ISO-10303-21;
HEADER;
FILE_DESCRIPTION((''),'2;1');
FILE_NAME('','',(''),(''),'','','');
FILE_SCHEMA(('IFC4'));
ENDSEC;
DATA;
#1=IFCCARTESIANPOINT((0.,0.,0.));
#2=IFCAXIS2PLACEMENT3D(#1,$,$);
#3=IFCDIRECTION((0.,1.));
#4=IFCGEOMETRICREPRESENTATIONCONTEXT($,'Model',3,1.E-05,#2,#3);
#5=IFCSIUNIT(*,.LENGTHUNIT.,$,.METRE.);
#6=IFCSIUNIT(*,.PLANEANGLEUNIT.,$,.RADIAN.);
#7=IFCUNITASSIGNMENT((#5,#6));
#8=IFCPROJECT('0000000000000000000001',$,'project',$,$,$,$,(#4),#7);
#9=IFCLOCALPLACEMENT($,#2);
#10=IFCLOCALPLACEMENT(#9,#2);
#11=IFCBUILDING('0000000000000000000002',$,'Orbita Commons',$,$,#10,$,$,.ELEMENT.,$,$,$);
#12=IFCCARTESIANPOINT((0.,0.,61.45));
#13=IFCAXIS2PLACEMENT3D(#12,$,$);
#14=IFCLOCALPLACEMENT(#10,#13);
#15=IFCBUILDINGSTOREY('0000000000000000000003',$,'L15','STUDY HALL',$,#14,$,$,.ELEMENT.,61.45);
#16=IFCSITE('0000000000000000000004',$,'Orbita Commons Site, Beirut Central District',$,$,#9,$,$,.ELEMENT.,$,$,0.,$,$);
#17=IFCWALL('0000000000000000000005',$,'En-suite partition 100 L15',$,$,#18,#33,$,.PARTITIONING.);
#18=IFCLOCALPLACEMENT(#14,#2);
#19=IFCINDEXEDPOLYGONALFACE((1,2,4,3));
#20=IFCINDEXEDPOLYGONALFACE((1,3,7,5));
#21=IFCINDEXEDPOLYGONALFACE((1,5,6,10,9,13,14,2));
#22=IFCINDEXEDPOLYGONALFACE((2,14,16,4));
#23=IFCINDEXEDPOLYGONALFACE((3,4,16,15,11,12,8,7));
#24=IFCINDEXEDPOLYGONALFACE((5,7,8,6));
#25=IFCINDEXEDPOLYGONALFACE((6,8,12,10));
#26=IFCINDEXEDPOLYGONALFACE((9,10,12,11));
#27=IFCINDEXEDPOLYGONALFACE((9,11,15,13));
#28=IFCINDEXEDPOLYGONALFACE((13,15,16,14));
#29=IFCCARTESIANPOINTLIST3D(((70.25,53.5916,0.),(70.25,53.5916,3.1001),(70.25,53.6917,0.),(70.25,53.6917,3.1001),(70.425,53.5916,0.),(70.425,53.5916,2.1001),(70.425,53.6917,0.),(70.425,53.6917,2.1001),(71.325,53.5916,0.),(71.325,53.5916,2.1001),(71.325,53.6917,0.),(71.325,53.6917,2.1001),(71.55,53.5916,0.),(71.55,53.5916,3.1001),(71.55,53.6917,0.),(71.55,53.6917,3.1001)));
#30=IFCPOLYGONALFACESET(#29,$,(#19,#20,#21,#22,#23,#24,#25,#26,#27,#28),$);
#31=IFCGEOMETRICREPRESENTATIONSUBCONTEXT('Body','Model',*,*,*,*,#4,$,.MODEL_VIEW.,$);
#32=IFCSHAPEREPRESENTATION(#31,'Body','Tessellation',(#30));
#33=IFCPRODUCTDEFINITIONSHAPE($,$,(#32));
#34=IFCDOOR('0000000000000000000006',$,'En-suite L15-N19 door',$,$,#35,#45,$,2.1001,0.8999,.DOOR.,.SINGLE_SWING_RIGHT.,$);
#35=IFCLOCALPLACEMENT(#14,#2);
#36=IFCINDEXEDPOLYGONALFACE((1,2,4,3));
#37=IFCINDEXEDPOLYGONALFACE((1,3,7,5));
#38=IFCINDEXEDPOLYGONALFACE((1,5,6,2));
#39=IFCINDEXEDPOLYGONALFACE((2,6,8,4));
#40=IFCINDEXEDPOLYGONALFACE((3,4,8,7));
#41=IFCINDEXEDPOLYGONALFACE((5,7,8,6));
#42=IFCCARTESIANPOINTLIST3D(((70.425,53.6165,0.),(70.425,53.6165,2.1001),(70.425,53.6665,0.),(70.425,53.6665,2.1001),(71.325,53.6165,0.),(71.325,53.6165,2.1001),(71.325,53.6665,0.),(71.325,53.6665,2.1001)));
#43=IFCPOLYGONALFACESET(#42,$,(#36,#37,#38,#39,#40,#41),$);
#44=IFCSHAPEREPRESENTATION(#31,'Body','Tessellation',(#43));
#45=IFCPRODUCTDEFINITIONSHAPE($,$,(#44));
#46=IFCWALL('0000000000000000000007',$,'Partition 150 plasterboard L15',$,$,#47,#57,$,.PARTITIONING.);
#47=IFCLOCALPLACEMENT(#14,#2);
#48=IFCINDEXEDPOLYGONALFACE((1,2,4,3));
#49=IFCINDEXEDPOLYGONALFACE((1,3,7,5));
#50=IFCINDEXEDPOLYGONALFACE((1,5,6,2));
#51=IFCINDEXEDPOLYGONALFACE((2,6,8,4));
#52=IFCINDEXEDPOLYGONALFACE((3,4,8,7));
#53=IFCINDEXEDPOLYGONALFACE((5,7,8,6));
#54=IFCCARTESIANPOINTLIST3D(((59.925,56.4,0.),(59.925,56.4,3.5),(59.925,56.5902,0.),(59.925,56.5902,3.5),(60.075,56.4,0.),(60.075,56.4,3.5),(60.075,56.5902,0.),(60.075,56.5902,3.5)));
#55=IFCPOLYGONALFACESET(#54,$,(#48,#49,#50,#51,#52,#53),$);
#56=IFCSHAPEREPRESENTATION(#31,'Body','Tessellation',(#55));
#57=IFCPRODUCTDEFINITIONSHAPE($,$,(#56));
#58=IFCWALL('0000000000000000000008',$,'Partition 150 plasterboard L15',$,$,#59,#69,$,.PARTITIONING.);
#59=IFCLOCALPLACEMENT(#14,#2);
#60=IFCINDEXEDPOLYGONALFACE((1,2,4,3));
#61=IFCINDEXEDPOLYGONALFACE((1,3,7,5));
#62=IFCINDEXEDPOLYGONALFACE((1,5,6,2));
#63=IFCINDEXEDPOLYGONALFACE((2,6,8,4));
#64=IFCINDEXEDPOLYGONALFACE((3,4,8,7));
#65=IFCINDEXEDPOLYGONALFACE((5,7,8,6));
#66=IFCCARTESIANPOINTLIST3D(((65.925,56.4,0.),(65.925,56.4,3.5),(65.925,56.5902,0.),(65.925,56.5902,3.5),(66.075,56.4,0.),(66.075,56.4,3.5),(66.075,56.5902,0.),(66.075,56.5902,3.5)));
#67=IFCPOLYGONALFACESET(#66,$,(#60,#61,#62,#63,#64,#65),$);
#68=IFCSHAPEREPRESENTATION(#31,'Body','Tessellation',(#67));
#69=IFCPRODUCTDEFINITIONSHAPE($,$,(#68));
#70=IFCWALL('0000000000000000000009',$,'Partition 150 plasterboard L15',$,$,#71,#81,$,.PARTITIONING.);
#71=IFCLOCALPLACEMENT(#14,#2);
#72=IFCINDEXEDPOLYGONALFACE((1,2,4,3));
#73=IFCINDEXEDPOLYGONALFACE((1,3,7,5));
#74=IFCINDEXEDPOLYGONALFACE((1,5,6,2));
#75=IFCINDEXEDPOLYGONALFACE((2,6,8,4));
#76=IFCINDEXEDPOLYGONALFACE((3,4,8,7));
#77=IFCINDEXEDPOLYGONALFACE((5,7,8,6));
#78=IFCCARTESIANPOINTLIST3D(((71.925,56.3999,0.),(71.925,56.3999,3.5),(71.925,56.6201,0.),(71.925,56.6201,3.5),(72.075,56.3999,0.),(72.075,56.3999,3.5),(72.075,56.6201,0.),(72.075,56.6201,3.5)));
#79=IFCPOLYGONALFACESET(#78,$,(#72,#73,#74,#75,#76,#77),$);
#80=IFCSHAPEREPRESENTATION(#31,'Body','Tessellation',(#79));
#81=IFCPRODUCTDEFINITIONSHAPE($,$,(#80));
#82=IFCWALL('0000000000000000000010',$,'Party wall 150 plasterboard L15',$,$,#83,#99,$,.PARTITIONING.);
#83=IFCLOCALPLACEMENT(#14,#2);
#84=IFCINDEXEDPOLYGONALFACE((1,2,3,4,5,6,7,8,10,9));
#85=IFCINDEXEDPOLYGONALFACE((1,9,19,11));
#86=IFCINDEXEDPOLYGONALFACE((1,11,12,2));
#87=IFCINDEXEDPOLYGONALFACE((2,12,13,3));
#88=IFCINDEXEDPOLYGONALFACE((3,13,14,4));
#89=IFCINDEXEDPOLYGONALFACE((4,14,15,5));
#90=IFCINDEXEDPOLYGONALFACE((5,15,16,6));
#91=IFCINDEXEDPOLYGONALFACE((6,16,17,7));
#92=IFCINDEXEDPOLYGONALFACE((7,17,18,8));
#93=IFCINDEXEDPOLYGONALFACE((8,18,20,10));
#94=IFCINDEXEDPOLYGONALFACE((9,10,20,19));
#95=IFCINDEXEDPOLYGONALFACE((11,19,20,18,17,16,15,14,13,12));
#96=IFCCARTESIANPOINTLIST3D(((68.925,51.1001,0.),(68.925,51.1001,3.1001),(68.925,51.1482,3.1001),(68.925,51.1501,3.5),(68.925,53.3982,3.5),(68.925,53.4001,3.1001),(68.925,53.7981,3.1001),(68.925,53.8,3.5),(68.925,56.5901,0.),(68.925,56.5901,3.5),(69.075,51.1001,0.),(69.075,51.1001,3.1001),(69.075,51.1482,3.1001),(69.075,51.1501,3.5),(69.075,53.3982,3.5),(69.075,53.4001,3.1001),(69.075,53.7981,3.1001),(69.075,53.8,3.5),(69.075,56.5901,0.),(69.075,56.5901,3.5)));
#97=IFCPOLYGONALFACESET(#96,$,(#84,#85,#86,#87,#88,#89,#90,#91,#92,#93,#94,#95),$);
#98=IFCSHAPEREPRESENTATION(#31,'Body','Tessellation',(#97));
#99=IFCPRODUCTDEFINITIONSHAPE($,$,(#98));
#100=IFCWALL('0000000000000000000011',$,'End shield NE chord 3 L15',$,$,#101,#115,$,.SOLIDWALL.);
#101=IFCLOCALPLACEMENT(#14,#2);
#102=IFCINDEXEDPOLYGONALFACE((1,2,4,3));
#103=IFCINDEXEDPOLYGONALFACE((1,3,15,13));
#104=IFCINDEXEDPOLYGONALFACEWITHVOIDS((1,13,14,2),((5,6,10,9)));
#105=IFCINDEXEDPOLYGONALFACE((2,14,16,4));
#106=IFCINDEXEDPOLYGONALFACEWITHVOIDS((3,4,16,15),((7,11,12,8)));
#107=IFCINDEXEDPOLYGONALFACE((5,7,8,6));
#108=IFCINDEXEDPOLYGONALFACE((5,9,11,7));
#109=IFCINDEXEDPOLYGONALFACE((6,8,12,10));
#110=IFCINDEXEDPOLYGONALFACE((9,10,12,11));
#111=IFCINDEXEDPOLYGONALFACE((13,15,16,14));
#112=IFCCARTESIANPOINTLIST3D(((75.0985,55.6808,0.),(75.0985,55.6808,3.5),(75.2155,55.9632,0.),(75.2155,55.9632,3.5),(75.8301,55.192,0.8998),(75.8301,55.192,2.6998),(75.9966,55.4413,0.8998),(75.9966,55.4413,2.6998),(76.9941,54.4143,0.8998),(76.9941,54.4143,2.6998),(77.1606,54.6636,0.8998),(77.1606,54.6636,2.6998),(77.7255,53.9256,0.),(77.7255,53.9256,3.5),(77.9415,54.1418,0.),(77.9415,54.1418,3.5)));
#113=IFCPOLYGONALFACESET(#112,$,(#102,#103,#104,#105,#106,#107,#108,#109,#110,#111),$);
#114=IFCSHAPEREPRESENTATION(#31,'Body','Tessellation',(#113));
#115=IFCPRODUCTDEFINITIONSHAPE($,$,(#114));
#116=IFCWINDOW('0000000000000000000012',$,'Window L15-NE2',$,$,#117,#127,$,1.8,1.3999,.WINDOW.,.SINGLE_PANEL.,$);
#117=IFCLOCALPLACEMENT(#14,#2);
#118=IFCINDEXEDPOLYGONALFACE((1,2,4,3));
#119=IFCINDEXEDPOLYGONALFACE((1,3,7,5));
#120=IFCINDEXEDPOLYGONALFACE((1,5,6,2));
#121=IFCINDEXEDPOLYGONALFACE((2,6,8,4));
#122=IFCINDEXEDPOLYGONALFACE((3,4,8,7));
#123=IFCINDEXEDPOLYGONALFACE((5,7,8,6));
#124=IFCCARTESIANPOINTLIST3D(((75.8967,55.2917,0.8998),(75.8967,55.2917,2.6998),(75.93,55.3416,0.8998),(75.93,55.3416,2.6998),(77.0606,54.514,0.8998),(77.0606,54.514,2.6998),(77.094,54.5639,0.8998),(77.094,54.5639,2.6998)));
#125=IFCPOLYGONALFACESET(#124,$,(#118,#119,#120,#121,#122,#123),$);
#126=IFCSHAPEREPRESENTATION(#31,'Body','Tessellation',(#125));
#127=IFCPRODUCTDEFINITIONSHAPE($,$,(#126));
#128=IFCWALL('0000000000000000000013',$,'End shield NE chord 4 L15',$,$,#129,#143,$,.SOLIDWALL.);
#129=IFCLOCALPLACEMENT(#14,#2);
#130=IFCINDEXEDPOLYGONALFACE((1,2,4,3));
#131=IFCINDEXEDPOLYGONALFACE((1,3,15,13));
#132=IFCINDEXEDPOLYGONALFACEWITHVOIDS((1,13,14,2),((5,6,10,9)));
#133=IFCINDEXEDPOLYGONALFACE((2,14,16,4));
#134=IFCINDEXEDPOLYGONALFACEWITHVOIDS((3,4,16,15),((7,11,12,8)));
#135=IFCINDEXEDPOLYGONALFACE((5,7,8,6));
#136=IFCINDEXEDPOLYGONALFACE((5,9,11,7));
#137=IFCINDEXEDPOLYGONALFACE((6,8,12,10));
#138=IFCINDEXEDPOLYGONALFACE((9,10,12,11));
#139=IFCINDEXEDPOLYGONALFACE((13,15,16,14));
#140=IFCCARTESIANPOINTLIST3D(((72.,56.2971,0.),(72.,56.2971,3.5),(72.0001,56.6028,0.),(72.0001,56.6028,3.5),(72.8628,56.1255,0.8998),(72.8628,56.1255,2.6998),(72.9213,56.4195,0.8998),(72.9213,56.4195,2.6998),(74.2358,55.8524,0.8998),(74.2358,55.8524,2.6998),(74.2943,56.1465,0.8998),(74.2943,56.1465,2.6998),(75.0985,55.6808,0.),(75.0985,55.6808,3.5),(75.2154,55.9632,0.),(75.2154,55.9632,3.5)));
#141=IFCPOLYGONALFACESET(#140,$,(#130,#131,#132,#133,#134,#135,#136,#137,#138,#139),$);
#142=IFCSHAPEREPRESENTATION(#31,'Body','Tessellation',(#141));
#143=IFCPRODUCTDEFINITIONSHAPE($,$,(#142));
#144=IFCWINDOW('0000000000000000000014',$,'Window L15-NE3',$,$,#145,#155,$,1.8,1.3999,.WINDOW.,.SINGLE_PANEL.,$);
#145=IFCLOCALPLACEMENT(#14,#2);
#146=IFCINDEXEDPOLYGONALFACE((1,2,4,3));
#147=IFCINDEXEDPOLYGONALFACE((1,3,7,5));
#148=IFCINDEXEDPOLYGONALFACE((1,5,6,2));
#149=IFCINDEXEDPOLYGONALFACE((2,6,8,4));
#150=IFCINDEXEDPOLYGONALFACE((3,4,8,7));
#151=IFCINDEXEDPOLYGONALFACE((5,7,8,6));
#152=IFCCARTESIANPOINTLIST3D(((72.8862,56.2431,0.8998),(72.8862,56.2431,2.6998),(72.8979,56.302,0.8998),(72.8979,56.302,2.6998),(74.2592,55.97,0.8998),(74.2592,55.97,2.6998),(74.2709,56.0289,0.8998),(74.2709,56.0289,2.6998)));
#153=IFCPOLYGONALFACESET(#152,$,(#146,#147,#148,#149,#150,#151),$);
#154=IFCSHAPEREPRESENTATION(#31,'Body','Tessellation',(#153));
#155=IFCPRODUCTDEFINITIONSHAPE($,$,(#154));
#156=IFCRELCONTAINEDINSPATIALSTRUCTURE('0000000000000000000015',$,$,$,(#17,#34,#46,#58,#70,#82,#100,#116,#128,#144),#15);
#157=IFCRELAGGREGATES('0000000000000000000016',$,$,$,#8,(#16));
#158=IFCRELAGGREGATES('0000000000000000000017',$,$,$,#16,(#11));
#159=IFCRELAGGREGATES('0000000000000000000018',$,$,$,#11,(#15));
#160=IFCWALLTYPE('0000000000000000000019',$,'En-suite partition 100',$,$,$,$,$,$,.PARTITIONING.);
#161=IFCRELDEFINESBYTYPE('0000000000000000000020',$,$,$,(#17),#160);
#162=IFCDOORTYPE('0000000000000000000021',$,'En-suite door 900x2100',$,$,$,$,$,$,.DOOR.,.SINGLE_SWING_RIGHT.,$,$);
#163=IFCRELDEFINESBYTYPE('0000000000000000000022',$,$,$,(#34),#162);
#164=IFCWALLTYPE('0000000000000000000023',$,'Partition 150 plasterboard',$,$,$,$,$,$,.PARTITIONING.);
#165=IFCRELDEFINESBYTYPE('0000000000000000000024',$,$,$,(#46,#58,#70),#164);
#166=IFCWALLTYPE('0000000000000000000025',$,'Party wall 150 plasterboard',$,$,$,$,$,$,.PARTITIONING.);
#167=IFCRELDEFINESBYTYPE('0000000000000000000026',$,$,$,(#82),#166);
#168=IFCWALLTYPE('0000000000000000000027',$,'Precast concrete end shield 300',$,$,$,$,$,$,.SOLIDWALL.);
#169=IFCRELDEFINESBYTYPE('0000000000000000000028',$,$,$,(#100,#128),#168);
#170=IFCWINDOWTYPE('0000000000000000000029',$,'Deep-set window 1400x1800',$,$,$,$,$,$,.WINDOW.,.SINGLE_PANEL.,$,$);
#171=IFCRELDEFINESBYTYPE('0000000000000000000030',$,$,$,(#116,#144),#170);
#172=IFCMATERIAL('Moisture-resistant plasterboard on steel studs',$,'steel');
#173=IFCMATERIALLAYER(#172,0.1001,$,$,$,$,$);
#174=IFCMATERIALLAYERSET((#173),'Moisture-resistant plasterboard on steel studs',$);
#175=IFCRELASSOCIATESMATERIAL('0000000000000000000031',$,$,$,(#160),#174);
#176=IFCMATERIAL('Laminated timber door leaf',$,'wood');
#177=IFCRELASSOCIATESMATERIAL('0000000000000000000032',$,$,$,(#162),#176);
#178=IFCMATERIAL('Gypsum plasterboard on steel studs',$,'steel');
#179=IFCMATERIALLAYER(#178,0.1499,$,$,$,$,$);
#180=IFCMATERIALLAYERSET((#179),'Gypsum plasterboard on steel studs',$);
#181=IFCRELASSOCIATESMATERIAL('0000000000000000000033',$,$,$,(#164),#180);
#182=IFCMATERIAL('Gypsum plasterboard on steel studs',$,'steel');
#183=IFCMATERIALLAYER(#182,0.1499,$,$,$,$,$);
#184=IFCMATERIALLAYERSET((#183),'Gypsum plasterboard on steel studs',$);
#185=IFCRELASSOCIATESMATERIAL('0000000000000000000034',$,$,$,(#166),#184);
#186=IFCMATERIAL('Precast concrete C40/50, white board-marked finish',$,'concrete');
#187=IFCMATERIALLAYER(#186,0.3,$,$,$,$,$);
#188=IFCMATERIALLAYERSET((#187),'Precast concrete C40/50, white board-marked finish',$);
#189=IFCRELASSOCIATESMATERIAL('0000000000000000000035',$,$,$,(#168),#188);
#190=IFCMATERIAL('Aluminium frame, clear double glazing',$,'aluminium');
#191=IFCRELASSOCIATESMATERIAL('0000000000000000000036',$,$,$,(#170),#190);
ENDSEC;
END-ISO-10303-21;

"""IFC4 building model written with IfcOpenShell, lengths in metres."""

from ifc_helpers import new_model, si_unit, direction, frame, frame_2d, origin, place, context, subcontext, project, spatial, polyline, rectangle, outline, extrude, material, layer, layer_set, type_object, element, fill, save


model = new_model("IFC4")

# Units and contexts
model_context = context("Model", 3, precision=1e-05, world=origin(), true_north=direction((0.0, 1.0)))
body_context = subcontext(model_context, "Body", "Model", "MODEL_VIEW")
ifc_project = project(units=[si_unit("LENGTHUNIT", "METRE"), si_unit("PLANEANGLEUNIT", "RADIAN")], contexts=[model_context])

# Site, building, storey
site_placement = place(None, origin())
site = spatial("IfcSite", under=ifc_project, at=site_placement, Name="Orbita Commons Site, Beirut Central District", CompositionType="ELEMENT", RefElevation=0.0)
building_placement = place(site_placement, origin())
building = spatial("IfcBuilding", under=site, at=building_placement, Name="Orbita Commons", CompositionType="ELEMENT")
storey_placement = place(building_placement, frame((0.0, 0.0, 61.45)))
storey = spatial("IfcBuildingStorey", under=building, at=storey_placement, Name="L15", Description="STUDY HALL", CompositionType="ELEMENT", Elevation=61.45)

# Wall, opening, door
ifc_material_1 = material(Name="Moisture-resistant plasterboard on steel studs", Category="steel")
ifc_layer_1 = layer(ifc_material_1, 0.1001)
ifc_layer_set_1 = layer_set([ifc_layer_1], Name="Moisture-resistant plasterboard on steel studs")
wall_type_1 = type_object("IfcWallType", Name="En-suite partition 100", PredefinedType="PARTITIONING", material=ifc_layer_set_1)
ifc_material_2 = material(Name="Laminated timber door leaf", Category="wood")
door_type = type_object("IfcDoorType", Name="En-suite door 900x2100", OperationType="SINGLE_SWING_RIGHT", PredefinedType="DOOR", material=ifc_material_2)
wall_1_placement = place(storey_placement, frame((70.25, 53.6416, 0.0), z_axis=(0.0, 0.0, 1.0), x_axis=(1.0, 0.0, 0.0)))
wall_1 = element("IfcWall", 1, at=wall_1_placement, inside=storey, type_object=wall_type_1, Name="En-suite partition 100 L15", PredefinedType="PARTITIONING", context=body_context, shape_type="SweptSolid", body=[
    extrude(outline(polyline([(0.0, 0.0), (1.3, 0.0), (1.3, 3.1001), (0.0, 3.1001), (0.0, 0.0)])), frame((0.0, 0.05, 0.0), z_axis=(0.0, -1.0, 0.0), x_axis=(1.0, 0.0, 0.0)), (0.0, 0.0, 1.0), 0.1001),
])
opening_1_placement = place(wall_1_placement, frame((0.175, 0.0, 0.0)))
opening_1 = element("IfcOpeningElement", 2, at=opening_1_placement, cuts=wall_1, PredefinedType="OPENING", context=body_context, shape_type="SweptSolid", body=[
    extrude(rectangle(XDim=0.8999, YDim=2.1001, at=frame_2d((0.45, 1.05))), frame((0.0, 0.0601, 0.0), z_axis=(0.0, -1.0, 0.0), x_axis=(1.0, 0.0, 0.0)), (0.0, 0.0, 1.0), 0.1201),
])
door_1_placement = place(opening_1_placement, origin())
door_1 = element("IfcDoor", 3, at=door_1_placement, inside=storey, type_object=door_type, Name="En-suite L15-N19 door", OperationType="SINGLE_SWING_RIGHT", OverallHeight=2.1001, OverallWidth=0.8999, PredefinedType="DOOR", context=body_context, shape_type="SweptSolid", body=[
    extrude(rectangle(XDim=0.8999, YDim=2.1001, at=frame_2d((0.45, 1.05))), frame((0.0, 0.0249, 0.0), z_axis=(0.0, -1.0, 0.0), x_axis=(1.0, 0.0, 0.0)), (0.0, 0.0, 1.0), 0.05),
])
fill(opening_1, door_1)

# Walls
ifc_material_3 = material(Name="Gypsum plasterboard on steel studs", Category="steel")
ifc_layer_2 = layer(ifc_material_3, 0.1499)
ifc_layer_set_2 = layer_set([ifc_layer_2], Name="Gypsum plasterboard on steel studs")
wall_type_2 = type_object("IfcWallType", Name="Partition 150 plasterboard", PredefinedType="PARTITIONING", material=ifc_layer_set_2)
for number, where, z_axis, x_axis, name in (
    (4, (60.0, 56.3999, 0.0), (0.0, 0.0, 1.0), (0.0, 1.0, 0.0), "Partition 150 plasterboard L15"),
    (5, (66.0, 56.3999, 0.0), (0.0, 0.0, 1.0), (0.0, 1.0, 0.0), "Partition 150 plasterboard L15"),
):
    element("IfcWall", number, at=place(storey_placement, frame(where, z_axis=z_axis, x_axis=x_axis)), inside=storey, type_object=wall_type_2, Name=name, PredefinedType="PARTITIONING", context=body_context, shape_type="SweptSolid", body=[
        extrude(rectangle(XDim=0.1902, YDim=0.1499, at=frame_2d((0.0952, 0.0))), origin(), (0.0, 0.0, 1.0), 3.5),
    ])
wall_2_placement = place(storey_placement, frame((72.0, 56.3999, 0.0), z_axis=(0.0, 0.0, 1.0), x_axis=(0.0, 1.0, 0.0)))
element("IfcWall", 6, at=wall_2_placement, inside=storey, type_object=wall_type_2, Name="Partition 150 plasterboard L15", PredefinedType="PARTITIONING", context=body_context, shape_type="SweptSolid", body=[
    extrude(rectangle(XDim=0.2202, YDim=0.1499, at=frame_2d((0.1101, 0.0))), origin(), (0.0, 0.0, 1.0), 3.5),
])
ifc_material_4 = material(Name="Gypsum plasterboard on steel studs", Category="steel")
ifc_layer_3 = layer(ifc_material_4, 0.1499)
ifc_layer_set_3 = layer_set([ifc_layer_3], Name="Gypsum plasterboard on steel studs")
wall_type_3 = type_object("IfcWallType", Name="Party wall 150 plasterboard", PredefinedType="PARTITIONING", material=ifc_layer_set_3)
wall_3_placement = place(storey_placement, frame((69.0, 56.5901, 0.0), z_axis=(0.0, 0.0, 1.0), x_axis=(0.0, -1.0, 0.0)))
element("IfcWall", 7, at=wall_3_placement, inside=storey, type_object=wall_type_3, Name="Party wall 150 plasterboard L15", PredefinedType="PARTITIONING", context=body_context, shape_type="SweptSolid", body=[
    extrude(outline(polyline([(0.0, 0.0), (5.49, 0.0), (5.49, 3.1001), (5.4419, 3.1001), (5.4399, 3.5), (3.1919, 3.5), (3.1899, 3.1001), (2.792, 3.1001), (2.79, 3.5), (0.0, 3.5), (0.0, 0.0)])), frame((0.0, 0.075, 0.0), z_axis=(0.0, -1.0, 0.0), x_axis=(1.0, 0.0, 0.0)), (0.0, 0.0, 1.0), 0.1499),
])

# Walls, openings, windows
ifc_material_5 = material(Name="Precast concrete C40/50, white board-marked finish", Category="concrete")
ifc_layer_4 = layer(ifc_material_5, 0.3)
ifc_layer_set_4 = layer_set([ifc_layer_4], Name="Precast concrete C40/50, white board-marked finish")
wall_type_4 = type_object("IfcWallType", Name="Precast concrete end shield 300", PredefinedType="SOLIDWALL", material=ifc_layer_set_4)
wall_4_placement = place(storey_placement, frame((77.8335, 54.0337, 0.0), z_axis=(0.0, 0.0, 1.0), x_axis=(-0.831478, 0.555558, 0.0)))
wall_4 = element("IfcWall", 8, at=wall_4_placement, inside=storey, type_object=wall_type_4, Name="End shield NE chord 3 L15", PredefinedType="SOLIDWALL", context=body_context, shape_type="SweptSolid", body=[
    extrude(outline(polyline([(-0.0298, -0.1499), (3.2488, -0.1499), (3.1892, 0.1499), (0.0298, 0.1499), (-0.0298, -0.1499)])), origin(), (0.0, 0.0, 1.0), 3.5),
])
opening_2_placement = place(wall_4_placement, frame((0.9094, 0.0, 0.8999)))
opening_2 = element("IfcOpeningElement", 9, at=opening_2_placement, cuts=wall_4, PredefinedType="OPENING", context=body_context, shape_type="SweptSolid", body=[
    extrude(rectangle(XDim=1.3999, YDim=1.8, at=frame_2d((0.7, 0.8999))), frame((0.0, 0.1599, 0.0), z_axis=(0.0, -1.0, 0.0), x_axis=(1.0, 0.0, 0.0)), (0.0, 0.0, 1.0), 0.3201),
])
ifc_material_6 = material(Name="Aluminium frame, clear double glazing", Category="aluminium")
window_type = type_object("IfcWindowType", Name="Deep-set window 1400x1800", PartitioningType="SINGLE_PANEL", PredefinedType="WINDOW", material=ifc_material_6)
window_1_placement = place(opening_2_placement, origin())
window_1 = element("IfcWindow", 10, at=window_1_placement, inside=storey, type_object=window_type, Name="Window L15-NE2", OverallHeight=1.8, OverallWidth=1.3999, PartitioningType="SINGLE_PANEL", PredefinedType="WINDOW", context=body_context, shape_type="SweptSolid", body=[
    extrude(rectangle(XDim=1.3999, YDim=1.8, at=frame_2d((0.7, 0.8999))), frame((0.0, 0.03, 0.0), z_axis=(0.0, -1.0, 0.0), x_axis=(1.0, 0.0, 0.0)), (0.0, 0.0, 1.0), 0.0601),
])
fill(opening_2, window_1)
wall_5_placement = place(storey_placement, frame((75.157, 55.822, 0.0), z_axis=(0.0, 0.0, 1.0), x_axis=(-0.980787, 0.19508, 0.0)))
wall_5 = element("IfcWall", 11, at=wall_5_placement, inside=storey, type_object=wall_type_4, Name="End shield NE chord 4 L15", PredefinedType="SOLIDWALL", context=body_context, shape_type="SweptSolid", body=[
    extrude(outline(polyline([(-0.0298, -0.1499), (3.2485, -0.1499), (3.189, 0.1499), (0.0298, 0.1499), (-0.0298, -0.1499)])), origin(), (0.0, 0.0, 1.0), 3.5),
])
opening_3_placement = place(wall_5_placement, frame((0.9094, 0.0, 0.8999)))
opening_3 = element("IfcOpeningElement", 12, at=opening_3_placement, cuts=wall_5, PredefinedType="OPENING", context=body_context, shape_type="SweptSolid", body=[
    extrude(rectangle(XDim=1.3999, YDim=1.8, at=frame_2d((0.7, 0.8999))), frame((0.0, 0.1599, 0.0), z_axis=(0.0, -1.0, 0.0), x_axis=(1.0, 0.0, 0.0)), (0.0, 0.0, 1.0), 0.3201),
])
window_2_placement = place(opening_3_placement, origin())
window_2 = element("IfcWindow", 13, at=window_2_placement, inside=storey, type_object=window_type, Name="Window L15-NE3", OverallHeight=1.8, OverallWidth=1.3999, PartitioningType="SINGLE_PANEL", PredefinedType="WINDOW", context=body_context, shape_type="SweptSolid", body=[
    extrude(rectangle(XDim=1.3999, YDim=1.8, at=frame_2d((0.7, 0.8999))), frame((0.0, 0.03, 0.0), z_axis=(0.0, -1.0, 0.0), x_axis=(1.0, 0.0, 0.0)), (0.0, 0.0, 1.0), 0.0601),
])
fill(opening_3, window_2)

save(model, "model.ifc")
